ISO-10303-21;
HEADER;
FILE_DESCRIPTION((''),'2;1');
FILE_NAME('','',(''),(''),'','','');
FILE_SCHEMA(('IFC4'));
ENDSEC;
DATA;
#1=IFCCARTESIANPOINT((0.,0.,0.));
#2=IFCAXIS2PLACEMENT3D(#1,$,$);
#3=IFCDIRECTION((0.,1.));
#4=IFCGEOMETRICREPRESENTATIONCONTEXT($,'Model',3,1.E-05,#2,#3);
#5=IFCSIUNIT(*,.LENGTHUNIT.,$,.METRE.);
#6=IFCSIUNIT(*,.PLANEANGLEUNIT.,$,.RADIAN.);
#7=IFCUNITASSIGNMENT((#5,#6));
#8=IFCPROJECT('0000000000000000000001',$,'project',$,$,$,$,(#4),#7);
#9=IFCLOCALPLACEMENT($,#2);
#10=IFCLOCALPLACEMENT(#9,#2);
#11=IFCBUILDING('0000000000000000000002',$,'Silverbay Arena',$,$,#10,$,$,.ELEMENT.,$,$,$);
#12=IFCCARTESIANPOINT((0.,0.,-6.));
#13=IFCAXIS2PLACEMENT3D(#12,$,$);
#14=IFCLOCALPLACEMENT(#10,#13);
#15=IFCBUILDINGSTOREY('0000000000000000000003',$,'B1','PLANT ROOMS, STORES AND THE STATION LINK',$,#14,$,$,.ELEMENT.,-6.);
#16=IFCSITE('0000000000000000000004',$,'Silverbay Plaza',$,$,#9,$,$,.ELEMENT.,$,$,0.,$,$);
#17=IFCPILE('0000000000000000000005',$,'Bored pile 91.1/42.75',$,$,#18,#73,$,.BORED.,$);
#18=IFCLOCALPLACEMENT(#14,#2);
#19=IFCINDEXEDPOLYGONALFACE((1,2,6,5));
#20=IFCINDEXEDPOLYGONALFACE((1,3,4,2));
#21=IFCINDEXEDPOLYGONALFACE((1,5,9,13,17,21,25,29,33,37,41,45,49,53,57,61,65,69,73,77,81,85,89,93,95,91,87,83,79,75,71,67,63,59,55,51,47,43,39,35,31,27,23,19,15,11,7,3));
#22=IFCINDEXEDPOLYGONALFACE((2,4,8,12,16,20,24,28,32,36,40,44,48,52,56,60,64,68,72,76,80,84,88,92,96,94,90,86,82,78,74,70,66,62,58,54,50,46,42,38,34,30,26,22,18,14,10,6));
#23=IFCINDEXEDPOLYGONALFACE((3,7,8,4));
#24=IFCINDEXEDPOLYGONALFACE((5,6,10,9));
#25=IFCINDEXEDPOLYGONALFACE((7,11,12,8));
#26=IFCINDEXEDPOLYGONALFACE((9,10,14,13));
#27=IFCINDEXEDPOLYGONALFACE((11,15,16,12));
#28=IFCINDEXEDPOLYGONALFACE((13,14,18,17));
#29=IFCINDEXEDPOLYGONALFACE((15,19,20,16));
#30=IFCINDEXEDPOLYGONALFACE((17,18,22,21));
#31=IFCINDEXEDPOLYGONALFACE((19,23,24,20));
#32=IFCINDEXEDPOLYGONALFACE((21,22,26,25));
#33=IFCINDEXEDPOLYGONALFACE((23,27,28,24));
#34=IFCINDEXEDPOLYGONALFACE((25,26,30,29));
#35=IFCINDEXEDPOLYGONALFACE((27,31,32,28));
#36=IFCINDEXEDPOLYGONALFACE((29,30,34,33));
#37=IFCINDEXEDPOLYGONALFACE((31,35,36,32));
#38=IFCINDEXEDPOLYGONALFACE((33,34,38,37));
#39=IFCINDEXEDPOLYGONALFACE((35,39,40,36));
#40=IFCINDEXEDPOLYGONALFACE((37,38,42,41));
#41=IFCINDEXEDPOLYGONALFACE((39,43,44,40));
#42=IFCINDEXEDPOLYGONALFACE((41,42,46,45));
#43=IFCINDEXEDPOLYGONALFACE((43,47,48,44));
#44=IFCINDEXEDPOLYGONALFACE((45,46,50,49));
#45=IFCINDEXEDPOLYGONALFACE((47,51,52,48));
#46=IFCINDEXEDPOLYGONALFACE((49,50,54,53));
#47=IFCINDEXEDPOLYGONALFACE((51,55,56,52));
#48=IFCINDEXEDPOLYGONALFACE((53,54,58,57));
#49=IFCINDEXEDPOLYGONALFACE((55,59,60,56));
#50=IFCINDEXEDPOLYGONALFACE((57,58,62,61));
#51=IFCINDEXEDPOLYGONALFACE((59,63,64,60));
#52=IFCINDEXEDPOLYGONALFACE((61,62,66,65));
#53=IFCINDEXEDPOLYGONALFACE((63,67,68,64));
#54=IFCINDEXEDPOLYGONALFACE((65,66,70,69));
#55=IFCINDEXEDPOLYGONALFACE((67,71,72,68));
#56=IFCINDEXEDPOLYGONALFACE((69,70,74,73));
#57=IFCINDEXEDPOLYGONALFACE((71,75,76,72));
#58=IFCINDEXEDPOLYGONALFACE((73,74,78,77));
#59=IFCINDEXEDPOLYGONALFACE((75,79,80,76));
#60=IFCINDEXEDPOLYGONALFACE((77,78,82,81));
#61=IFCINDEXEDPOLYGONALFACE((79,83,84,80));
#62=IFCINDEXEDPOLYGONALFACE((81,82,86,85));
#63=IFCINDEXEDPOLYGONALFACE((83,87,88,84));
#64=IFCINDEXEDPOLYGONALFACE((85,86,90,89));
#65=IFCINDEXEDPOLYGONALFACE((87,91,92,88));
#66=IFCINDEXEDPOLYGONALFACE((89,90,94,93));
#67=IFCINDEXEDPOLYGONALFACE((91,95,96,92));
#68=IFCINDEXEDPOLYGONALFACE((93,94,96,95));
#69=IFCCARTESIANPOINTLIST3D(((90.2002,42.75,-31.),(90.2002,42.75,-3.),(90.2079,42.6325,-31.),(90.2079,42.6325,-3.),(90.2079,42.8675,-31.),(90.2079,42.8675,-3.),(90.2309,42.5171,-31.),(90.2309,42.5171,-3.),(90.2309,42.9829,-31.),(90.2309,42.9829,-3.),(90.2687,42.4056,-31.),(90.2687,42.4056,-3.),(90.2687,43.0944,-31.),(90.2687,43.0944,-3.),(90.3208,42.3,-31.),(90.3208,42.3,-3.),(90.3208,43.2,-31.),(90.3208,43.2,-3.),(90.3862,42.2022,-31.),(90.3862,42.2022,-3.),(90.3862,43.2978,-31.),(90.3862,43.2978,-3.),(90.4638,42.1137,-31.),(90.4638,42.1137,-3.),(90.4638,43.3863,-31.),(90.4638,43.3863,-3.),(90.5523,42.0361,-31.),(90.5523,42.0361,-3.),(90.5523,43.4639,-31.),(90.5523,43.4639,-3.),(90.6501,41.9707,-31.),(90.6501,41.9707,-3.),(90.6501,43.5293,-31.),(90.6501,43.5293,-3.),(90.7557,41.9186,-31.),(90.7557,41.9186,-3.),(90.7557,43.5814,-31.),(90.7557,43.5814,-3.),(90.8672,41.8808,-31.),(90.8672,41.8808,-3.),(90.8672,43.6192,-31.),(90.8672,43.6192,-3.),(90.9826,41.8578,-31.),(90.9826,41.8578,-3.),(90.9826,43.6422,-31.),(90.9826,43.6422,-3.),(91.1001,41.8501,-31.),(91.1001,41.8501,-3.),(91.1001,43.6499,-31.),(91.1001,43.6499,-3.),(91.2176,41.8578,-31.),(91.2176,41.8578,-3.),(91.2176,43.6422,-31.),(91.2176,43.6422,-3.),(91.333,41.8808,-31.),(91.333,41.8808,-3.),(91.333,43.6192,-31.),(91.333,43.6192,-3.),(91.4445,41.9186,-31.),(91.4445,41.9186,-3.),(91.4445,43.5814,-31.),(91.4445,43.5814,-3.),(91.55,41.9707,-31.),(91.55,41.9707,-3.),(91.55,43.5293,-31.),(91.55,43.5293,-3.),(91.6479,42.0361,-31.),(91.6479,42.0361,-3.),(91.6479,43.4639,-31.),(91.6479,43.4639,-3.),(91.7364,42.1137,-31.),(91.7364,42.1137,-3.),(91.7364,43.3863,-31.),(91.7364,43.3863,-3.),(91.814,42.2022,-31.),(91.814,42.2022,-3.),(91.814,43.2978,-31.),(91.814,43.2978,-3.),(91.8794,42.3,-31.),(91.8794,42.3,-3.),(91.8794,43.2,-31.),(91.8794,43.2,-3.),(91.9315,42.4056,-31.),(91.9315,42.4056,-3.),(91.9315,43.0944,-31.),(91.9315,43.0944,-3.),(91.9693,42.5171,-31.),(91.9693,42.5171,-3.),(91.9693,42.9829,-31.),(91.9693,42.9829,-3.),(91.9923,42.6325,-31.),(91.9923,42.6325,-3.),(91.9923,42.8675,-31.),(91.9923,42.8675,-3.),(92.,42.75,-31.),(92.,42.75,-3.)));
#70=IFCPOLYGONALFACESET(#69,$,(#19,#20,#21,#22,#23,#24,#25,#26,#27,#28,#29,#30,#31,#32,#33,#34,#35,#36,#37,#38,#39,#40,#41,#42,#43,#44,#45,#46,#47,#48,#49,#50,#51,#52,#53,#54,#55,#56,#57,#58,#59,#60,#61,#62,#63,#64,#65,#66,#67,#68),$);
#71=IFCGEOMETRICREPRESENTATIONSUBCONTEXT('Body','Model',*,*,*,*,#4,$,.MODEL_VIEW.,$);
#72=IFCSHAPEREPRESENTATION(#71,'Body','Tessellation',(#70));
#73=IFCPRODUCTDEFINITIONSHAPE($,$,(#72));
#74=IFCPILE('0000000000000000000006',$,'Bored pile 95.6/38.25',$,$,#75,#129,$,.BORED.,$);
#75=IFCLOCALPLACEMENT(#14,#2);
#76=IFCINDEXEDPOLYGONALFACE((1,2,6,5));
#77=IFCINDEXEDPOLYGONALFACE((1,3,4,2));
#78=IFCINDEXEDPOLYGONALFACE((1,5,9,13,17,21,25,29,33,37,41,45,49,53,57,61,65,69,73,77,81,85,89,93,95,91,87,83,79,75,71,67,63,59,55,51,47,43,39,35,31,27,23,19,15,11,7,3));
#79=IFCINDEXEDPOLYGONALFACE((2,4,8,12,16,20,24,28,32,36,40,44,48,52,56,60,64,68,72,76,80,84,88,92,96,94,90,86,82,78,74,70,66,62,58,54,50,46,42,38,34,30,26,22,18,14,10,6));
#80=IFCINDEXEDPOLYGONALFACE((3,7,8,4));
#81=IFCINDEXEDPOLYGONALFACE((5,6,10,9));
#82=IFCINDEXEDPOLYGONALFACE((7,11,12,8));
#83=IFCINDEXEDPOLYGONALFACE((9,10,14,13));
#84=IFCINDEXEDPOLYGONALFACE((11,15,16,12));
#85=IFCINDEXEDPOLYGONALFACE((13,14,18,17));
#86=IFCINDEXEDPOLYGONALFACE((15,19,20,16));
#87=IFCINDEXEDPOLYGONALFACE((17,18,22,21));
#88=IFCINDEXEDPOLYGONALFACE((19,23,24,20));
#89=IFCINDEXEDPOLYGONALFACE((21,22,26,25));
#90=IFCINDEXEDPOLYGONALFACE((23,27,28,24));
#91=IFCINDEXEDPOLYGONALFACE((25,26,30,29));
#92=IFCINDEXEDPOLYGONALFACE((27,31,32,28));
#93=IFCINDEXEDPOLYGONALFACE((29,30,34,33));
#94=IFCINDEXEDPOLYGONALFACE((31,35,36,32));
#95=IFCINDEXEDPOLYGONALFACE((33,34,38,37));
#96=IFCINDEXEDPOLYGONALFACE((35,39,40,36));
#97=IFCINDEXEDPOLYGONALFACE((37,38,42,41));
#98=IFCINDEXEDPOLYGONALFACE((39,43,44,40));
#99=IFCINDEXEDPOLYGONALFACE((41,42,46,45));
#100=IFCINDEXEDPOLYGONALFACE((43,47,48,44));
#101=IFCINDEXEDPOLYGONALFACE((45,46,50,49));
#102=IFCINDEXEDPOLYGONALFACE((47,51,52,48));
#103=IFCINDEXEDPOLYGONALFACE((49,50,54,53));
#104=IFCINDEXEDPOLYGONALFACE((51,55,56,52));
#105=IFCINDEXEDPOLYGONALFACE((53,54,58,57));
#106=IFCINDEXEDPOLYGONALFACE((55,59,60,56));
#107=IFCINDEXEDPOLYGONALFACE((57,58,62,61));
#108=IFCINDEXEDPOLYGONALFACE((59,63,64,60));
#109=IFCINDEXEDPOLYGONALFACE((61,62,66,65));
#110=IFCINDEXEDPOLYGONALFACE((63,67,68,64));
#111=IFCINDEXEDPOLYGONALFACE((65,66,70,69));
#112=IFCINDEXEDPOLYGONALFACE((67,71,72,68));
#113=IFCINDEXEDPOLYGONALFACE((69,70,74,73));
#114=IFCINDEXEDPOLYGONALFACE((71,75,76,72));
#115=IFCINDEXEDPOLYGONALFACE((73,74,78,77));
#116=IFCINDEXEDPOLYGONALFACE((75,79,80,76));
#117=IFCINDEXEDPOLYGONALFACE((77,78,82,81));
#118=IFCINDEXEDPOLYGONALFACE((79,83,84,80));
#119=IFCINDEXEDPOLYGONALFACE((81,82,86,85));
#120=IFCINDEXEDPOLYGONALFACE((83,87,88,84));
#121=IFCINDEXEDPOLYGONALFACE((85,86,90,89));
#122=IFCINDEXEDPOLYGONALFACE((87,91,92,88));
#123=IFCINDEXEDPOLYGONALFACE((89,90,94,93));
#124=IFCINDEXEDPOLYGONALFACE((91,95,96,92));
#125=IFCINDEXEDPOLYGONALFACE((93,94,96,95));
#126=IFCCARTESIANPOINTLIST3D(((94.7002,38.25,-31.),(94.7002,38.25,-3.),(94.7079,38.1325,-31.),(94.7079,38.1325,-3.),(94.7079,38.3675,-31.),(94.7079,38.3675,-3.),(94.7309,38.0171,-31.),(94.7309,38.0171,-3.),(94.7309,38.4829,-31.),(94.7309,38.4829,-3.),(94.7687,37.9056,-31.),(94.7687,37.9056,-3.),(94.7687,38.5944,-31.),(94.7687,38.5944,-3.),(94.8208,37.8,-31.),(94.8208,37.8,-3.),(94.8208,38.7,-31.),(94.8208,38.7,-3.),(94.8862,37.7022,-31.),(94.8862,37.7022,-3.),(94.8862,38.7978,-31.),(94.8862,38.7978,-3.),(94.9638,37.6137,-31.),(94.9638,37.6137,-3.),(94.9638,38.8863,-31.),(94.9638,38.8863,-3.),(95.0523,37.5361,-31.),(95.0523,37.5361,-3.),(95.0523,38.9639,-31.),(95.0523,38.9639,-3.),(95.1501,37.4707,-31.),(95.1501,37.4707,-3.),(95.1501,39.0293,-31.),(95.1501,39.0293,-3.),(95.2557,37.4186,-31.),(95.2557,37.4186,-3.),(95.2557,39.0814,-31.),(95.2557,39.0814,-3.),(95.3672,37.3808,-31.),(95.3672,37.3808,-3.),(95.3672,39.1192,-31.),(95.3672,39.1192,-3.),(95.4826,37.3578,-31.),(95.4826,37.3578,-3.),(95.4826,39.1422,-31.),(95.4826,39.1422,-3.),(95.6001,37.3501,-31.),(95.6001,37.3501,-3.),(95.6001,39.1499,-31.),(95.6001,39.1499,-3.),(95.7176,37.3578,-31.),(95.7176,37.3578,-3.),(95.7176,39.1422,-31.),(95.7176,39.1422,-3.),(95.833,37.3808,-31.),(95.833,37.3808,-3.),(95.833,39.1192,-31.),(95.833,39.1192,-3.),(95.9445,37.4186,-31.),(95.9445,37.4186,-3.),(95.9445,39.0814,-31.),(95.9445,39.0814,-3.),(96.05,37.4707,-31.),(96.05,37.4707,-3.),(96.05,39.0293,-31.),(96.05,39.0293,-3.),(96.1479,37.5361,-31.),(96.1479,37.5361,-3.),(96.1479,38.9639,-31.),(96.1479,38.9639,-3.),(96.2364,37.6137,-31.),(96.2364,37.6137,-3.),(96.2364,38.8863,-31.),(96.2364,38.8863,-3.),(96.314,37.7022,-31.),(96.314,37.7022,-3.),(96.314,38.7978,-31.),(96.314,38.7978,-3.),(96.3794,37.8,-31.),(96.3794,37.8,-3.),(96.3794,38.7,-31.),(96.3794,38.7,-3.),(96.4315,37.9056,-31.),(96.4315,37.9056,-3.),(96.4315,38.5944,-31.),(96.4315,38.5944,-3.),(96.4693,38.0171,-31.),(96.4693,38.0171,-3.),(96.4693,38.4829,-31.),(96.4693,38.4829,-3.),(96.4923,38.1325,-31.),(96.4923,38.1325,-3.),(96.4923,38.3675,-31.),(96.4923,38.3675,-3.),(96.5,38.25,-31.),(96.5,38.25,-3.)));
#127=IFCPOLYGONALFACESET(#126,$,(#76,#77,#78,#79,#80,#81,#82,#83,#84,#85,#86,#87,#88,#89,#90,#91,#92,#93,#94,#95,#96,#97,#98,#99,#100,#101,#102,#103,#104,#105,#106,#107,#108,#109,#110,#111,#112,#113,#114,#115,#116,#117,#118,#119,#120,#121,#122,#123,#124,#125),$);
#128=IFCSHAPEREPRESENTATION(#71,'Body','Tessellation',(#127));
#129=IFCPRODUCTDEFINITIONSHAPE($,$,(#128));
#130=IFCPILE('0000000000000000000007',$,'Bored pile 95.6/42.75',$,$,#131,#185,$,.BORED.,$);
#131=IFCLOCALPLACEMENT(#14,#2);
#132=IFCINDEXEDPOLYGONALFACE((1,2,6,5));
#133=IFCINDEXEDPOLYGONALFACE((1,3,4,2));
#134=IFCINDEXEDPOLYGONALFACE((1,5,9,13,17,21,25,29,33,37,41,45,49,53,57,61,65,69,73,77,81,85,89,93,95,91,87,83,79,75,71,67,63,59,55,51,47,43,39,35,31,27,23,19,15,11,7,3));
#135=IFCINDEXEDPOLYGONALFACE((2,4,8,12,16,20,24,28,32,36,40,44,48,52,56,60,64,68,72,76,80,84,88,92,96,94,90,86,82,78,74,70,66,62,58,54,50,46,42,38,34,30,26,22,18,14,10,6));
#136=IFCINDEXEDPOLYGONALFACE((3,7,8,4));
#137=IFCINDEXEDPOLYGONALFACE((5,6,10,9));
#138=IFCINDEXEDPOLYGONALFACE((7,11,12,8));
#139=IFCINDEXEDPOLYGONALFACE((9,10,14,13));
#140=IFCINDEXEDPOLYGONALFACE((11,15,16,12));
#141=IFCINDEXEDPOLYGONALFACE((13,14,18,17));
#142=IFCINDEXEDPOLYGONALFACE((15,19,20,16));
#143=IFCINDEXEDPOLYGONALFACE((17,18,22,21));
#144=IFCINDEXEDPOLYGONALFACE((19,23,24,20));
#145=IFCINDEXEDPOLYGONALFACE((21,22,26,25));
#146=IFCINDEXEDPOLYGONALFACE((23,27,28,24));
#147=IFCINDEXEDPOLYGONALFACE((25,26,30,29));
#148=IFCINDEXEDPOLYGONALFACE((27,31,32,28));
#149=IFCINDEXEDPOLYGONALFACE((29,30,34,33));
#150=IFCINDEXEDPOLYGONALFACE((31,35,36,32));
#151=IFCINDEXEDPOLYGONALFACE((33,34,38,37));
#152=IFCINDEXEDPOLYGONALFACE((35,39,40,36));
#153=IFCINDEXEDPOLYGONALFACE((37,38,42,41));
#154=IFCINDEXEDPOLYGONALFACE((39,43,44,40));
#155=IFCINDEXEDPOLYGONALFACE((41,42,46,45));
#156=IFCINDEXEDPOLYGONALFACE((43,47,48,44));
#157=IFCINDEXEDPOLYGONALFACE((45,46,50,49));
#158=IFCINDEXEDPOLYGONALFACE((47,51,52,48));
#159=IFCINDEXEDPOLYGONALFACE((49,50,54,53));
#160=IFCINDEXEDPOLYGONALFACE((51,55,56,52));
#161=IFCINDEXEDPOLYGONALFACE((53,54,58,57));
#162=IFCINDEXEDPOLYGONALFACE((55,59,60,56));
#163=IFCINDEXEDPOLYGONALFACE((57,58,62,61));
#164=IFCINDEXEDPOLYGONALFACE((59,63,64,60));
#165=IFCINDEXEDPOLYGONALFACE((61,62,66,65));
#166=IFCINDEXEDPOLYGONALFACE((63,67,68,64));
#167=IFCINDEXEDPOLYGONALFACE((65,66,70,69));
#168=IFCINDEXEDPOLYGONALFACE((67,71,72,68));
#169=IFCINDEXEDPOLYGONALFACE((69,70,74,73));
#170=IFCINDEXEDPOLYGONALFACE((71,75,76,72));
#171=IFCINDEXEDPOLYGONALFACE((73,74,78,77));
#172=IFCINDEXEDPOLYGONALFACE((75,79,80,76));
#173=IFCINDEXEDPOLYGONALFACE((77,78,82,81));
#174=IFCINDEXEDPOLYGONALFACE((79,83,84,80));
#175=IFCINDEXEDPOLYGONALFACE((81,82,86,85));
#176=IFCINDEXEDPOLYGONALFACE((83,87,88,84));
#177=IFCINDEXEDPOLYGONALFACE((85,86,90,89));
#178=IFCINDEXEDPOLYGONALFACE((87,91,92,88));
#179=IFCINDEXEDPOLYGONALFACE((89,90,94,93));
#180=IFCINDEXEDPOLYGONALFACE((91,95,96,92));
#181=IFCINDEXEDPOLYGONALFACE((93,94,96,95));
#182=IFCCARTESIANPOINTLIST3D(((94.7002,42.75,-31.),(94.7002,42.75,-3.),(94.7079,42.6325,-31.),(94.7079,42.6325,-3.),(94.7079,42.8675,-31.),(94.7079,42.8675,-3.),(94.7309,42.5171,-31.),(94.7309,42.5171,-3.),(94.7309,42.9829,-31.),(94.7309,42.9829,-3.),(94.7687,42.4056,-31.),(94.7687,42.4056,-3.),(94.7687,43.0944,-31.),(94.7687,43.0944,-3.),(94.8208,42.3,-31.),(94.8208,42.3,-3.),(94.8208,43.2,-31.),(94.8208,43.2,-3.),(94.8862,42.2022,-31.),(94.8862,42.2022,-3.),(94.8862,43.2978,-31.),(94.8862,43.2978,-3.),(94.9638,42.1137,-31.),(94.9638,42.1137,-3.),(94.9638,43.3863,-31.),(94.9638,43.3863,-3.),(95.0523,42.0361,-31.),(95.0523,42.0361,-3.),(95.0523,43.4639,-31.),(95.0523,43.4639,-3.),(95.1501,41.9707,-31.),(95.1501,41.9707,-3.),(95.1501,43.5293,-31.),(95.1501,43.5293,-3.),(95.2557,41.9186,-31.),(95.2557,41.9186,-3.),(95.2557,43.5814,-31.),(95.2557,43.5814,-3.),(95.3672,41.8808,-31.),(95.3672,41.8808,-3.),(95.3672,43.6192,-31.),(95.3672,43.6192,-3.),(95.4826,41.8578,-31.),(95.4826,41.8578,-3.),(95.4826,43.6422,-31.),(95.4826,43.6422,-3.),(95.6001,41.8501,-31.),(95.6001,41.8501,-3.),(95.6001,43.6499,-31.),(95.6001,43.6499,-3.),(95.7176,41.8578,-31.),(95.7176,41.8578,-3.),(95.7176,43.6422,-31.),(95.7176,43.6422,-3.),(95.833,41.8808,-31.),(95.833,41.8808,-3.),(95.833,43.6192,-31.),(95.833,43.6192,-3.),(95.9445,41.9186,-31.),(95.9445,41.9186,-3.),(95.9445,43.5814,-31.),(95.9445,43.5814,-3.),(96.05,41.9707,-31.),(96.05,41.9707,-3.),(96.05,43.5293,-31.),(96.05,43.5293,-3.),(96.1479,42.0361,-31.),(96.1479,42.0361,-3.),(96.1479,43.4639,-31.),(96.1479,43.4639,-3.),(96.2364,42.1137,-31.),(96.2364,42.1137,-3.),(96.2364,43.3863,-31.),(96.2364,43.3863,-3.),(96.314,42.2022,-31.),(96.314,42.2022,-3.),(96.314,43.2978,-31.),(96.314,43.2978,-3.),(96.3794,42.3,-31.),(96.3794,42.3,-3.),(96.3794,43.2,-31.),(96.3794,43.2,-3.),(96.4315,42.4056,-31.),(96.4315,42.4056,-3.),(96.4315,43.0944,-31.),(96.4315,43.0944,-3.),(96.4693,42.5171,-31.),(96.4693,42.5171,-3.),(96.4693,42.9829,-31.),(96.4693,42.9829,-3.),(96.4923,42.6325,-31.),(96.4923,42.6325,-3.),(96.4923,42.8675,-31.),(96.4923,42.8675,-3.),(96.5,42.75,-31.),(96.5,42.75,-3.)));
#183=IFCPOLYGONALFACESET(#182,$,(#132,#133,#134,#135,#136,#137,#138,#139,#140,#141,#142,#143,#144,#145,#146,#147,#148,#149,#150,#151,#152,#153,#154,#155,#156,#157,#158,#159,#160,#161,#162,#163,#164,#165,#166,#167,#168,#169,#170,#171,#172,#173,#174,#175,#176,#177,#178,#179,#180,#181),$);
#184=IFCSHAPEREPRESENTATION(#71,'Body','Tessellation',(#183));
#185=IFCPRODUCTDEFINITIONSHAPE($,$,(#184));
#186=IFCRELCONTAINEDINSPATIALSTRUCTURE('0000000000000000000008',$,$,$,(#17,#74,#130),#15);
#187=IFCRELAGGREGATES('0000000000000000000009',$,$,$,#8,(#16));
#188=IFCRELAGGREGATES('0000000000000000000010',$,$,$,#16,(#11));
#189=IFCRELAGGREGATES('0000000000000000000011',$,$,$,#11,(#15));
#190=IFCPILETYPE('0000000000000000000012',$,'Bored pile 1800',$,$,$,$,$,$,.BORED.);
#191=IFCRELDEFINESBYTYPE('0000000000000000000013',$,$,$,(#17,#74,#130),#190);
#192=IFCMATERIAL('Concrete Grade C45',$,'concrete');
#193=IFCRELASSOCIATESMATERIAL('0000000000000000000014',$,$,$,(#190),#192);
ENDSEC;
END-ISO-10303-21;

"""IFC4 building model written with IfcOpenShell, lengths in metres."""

from ifc_helpers import new_model, si_unit, direction, frame, origin, origin_2d, place, context, subcontext, project, spatial, circle, extrude, material, material_profile, profile_set, type_object, element, save


model = new_model("IFC4")

# Units and contexts
model_context = context("Model", 3, precision=1e-05, world=origin(), true_north=direction((0.0, 1.0)))
body_context = subcontext(model_context, "Body", "Model", "MODEL_VIEW")
ifc_project = project(units=[si_unit("LENGTHUNIT", "METRE"), si_unit("PLANEANGLEUNIT", "RADIAN")], contexts=[model_context])

# Site, building, storey
site_placement = place(None, origin())
site = spatial("IfcSite", under=ifc_project, at=site_placement, Name="Silverbay Plaza", CompositionType="ELEMENT", RefElevation=0.0)
building_placement = place(site_placement, origin())
building = spatial("IfcBuilding", under=site, at=building_placement, Name="Silverbay Arena", CompositionType="ELEMENT")
storey_placement = place(building_placement, frame((0.0, 0.0, -6.0)))
storey = spatial("IfcBuildingStorey", under=building, at=storey_placement, Name="B1", Description="PLANT ROOMS, STORES AND THE STATION LINK", CompositionType="ELEMENT", Elevation=-6.0)

# Piles
ifc_material_1 = material(Name="Concrete Grade C45", Category="concrete")
ifc_material_profile_1 = material_profile(ifc_material_1, circle(Radius=0.8999, at=origin_2d()), Name="Bored pile 1800")
ifc_profile_set_1 = profile_set([ifc_material_profile_1], Name="Concrete Grade C45")
pile_type_1 = type_object("IfcPileType", Name="Bored pile 1800", PredefinedType="BORED", material=ifc_profile_set_1)
for number, where, z_axis, x_axis, name in (
    (1, (91.1001, 42.75, -3.0), (0.0, 0.0, -1.0), (1.0, 0.0, 0.0), "Bored pile 91.1/42.75"),
    (2, (95.6001, 38.25, -3.0), (0.0, 0.0, -1.0), (1.0, 0.0, 0.0), "Bored pile 95.6/38.25"),
    (3, (95.6001, 42.75, -3.0), (0.0, 0.0, -1.0), (1.0, 0.0, 0.0), "Bored pile 95.6/42.75"),
):
    element("IfcPile", number, at=place(storey_placement, frame(where, z_axis=z_axis, x_axis=x_axis)), inside=storey, type_object=pile_type_1, Name=name, PredefinedType="BORED", context=body_context, shape_type="SweptSolid", body=[
        extrude(circle(Radius=0.8999, at=origin_2d()), origin(), (0.0, 0.0, 1.0), 28.0),
    ])

save(model, "model.ifc")
